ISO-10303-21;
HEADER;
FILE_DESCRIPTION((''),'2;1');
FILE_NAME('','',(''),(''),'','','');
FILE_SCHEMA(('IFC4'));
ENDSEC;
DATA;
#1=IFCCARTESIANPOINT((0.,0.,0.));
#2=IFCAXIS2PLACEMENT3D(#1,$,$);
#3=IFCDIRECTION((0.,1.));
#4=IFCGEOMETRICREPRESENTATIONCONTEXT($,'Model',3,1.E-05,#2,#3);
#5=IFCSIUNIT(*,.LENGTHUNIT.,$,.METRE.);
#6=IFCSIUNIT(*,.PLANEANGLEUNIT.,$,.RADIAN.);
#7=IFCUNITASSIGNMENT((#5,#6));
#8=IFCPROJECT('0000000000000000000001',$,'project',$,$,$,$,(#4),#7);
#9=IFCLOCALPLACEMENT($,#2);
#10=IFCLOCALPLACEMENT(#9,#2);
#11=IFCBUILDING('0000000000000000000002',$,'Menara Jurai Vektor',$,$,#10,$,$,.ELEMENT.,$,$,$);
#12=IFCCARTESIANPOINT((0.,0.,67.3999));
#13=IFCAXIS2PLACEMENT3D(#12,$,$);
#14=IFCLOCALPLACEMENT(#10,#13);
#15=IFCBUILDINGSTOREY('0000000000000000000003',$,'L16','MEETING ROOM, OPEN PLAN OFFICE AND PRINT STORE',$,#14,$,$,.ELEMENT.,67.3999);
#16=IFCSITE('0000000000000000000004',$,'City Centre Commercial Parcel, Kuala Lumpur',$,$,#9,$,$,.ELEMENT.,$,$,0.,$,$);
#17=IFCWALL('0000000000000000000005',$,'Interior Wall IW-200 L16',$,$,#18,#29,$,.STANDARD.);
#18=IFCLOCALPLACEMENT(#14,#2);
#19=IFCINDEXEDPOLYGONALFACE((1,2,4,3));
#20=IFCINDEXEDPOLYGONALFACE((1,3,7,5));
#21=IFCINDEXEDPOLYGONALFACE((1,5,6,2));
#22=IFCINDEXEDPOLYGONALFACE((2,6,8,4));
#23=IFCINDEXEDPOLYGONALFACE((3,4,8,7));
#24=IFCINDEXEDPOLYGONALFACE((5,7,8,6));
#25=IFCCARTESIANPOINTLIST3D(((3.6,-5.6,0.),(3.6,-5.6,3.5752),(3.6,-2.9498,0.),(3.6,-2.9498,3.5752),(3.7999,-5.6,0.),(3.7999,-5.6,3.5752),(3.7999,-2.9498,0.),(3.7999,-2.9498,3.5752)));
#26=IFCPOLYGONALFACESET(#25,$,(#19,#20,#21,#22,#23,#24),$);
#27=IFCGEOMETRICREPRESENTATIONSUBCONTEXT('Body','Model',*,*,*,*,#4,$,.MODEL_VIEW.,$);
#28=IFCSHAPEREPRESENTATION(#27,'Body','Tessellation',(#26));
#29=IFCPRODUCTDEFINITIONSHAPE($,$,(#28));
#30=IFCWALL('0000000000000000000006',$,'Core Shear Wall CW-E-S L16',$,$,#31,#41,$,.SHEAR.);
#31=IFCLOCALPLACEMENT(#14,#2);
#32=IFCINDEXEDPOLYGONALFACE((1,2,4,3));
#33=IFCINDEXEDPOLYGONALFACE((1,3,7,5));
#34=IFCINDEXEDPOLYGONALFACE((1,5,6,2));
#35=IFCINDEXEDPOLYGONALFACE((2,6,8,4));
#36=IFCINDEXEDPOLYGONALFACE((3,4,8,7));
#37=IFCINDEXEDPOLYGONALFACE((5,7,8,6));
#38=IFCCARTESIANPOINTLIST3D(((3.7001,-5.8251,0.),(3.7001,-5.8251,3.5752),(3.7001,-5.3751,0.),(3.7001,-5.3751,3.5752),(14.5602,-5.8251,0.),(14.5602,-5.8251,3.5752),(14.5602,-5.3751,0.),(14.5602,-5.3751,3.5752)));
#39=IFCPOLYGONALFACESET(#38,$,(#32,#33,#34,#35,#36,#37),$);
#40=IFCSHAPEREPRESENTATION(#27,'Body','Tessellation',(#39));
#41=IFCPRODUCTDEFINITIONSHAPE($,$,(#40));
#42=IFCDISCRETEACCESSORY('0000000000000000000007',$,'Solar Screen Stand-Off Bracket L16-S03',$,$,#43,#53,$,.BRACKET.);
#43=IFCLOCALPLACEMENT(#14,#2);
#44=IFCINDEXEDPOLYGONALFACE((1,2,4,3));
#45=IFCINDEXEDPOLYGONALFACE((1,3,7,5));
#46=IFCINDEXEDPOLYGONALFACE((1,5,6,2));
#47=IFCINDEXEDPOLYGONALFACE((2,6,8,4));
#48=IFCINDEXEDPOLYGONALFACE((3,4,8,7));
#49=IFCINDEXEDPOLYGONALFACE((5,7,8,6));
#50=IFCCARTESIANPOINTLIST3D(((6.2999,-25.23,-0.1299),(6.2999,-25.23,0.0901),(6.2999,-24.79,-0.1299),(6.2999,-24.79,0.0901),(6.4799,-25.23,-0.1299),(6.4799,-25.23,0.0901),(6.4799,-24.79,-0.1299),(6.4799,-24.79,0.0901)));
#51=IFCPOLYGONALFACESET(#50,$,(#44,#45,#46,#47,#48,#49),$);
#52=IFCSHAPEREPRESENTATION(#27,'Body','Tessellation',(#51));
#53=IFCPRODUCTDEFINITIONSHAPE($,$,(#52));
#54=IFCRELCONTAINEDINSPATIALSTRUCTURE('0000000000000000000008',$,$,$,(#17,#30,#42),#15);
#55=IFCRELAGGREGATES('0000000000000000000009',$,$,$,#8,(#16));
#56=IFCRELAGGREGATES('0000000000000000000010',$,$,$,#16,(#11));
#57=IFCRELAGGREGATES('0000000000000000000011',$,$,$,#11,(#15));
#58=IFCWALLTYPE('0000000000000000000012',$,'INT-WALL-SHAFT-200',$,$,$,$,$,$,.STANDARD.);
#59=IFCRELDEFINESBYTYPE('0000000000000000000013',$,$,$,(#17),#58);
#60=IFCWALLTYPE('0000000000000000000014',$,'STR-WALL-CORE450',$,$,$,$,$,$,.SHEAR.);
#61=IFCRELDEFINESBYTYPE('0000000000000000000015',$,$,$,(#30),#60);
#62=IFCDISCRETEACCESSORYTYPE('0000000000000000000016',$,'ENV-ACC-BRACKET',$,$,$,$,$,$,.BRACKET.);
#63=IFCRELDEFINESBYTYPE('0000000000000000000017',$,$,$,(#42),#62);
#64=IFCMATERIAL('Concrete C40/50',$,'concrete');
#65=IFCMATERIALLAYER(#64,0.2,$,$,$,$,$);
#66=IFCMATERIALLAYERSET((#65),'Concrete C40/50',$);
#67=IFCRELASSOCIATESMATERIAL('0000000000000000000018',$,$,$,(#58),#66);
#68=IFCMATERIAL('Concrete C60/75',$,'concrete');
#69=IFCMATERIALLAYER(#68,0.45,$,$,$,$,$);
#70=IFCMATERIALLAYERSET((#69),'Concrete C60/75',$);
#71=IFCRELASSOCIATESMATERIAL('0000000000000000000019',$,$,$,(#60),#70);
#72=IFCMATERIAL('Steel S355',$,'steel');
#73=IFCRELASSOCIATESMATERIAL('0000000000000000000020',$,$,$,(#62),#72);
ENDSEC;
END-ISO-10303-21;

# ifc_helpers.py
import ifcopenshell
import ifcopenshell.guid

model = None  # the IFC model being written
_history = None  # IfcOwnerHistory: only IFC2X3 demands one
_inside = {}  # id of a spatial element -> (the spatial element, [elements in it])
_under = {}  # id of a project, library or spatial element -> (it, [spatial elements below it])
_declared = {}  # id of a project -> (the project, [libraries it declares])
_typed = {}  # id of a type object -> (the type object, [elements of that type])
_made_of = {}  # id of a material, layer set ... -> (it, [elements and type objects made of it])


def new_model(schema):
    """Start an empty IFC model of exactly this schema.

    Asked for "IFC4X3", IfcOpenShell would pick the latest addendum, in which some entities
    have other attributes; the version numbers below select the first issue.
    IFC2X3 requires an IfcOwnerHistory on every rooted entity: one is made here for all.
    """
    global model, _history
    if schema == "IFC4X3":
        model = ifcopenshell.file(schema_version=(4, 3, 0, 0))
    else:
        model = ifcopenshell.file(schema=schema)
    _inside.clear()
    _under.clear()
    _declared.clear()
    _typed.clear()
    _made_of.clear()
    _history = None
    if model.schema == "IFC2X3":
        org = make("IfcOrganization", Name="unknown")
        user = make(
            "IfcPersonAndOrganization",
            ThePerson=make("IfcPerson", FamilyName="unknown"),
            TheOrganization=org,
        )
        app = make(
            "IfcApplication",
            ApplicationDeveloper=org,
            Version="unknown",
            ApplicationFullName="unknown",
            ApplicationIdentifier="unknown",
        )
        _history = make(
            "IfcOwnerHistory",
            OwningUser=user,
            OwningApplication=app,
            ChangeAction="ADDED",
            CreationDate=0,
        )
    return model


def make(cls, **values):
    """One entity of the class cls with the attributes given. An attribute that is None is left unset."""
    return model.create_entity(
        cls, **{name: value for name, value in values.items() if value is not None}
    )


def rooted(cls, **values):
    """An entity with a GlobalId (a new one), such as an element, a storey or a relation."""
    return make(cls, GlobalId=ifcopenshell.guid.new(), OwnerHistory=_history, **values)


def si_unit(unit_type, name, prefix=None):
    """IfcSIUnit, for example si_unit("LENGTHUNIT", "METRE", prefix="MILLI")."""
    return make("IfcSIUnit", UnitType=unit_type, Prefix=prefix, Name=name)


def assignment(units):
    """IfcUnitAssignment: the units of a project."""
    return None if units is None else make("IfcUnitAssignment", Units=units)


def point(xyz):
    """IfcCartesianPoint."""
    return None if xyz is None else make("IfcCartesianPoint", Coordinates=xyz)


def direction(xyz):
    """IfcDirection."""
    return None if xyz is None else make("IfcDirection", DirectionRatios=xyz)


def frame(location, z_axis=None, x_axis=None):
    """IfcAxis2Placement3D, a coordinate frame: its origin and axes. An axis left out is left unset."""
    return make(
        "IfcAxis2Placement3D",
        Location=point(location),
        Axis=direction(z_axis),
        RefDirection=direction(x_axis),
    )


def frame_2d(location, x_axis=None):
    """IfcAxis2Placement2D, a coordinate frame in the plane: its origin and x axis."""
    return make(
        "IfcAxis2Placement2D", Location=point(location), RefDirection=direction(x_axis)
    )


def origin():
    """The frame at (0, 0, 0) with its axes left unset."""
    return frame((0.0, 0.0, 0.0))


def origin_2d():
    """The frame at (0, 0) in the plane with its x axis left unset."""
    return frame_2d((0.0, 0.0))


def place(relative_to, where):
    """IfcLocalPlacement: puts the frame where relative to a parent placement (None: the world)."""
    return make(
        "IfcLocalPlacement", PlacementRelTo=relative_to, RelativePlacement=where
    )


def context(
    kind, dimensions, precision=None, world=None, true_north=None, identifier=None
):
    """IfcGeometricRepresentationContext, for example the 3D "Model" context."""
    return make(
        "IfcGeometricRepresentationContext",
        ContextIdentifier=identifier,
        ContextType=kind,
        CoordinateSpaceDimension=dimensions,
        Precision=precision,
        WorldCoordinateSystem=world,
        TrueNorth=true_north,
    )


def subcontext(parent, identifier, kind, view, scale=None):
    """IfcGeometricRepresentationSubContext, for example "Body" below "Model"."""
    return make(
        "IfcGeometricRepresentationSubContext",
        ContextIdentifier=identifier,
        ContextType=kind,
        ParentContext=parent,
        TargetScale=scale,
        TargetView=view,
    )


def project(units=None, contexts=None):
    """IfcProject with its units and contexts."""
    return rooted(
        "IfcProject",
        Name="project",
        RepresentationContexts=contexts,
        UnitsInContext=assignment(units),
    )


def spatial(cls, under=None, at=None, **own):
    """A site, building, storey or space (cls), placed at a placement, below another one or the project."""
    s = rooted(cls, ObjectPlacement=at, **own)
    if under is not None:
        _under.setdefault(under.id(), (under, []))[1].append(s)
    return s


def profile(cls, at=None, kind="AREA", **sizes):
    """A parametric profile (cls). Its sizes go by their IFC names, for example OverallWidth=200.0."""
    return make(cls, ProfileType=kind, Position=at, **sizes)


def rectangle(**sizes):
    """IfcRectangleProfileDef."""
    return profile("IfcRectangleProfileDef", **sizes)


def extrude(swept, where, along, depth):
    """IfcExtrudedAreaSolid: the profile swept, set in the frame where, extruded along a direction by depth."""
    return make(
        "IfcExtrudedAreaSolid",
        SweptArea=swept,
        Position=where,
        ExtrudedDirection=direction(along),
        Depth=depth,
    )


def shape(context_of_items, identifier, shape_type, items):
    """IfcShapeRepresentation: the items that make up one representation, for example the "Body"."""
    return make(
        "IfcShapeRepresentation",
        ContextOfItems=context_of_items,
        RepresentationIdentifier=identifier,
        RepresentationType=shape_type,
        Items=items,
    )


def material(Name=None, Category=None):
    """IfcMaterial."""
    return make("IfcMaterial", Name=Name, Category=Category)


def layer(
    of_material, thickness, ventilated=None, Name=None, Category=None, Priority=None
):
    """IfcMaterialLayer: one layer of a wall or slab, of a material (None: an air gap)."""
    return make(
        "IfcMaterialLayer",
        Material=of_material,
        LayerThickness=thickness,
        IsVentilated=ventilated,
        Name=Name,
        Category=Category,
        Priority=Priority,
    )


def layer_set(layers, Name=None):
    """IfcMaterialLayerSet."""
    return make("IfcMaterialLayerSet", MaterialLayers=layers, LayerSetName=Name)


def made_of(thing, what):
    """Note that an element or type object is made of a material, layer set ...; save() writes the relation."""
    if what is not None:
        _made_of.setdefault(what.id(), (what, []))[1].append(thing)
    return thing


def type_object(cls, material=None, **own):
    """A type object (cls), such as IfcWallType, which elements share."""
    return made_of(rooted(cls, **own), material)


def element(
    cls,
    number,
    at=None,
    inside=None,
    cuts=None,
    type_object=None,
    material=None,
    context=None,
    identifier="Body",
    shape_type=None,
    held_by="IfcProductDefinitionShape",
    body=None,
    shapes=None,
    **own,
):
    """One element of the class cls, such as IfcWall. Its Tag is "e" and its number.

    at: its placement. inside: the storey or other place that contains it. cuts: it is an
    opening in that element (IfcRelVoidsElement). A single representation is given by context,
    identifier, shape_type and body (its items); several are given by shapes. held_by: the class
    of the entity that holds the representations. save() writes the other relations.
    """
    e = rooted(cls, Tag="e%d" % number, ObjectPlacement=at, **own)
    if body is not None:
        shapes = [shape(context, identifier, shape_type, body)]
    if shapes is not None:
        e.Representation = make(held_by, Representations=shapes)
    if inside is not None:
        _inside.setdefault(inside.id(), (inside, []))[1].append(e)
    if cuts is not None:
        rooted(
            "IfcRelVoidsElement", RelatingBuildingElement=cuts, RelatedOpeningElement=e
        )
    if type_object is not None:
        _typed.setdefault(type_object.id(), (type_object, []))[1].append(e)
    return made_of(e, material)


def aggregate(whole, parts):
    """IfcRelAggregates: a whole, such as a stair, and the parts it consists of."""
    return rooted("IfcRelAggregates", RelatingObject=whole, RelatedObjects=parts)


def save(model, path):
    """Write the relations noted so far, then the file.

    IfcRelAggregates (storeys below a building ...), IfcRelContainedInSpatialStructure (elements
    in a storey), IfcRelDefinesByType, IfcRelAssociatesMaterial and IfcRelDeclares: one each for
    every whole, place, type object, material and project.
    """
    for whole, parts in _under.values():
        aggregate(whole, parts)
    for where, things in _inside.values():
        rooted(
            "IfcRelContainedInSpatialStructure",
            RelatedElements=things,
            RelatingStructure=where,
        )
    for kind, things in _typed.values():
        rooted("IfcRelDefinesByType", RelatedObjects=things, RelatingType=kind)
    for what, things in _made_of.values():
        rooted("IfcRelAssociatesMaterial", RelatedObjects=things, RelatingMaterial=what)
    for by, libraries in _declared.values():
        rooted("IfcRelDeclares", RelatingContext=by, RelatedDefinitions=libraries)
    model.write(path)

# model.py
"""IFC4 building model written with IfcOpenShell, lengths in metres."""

from ifc_helpers import new_model, si_unit, direction, frame, frame_2d, origin, origin_2d, place, context, subcontext, project, spatial, rectangle, extrude, material, layer, layer_set, type_object, element, save


model = new_model("IFC4")

# Units and contexts
model_context = context("Model", 3, precision=1e-05, world=origin(), true_north=direction((0.0, 1.0)))
body_context = subcontext(model_context, "Body", "Model", "MODEL_VIEW")
ifc_project = project(units=[si_unit("LENGTHUNIT", "METRE"), si_unit("PLANEANGLEUNIT", "RADIAN")], contexts=[model_context])

# Site, building, storey
site_placement = place(None, origin())
site = spatial("IfcSite", under=ifc_project, at=site_placement, Name="City Centre Commercial Parcel, Kuala Lumpur", CompositionType="ELEMENT", RefElevation=0.0)
building_placement = place(site_placement, origin())
building = spatial("IfcBuilding", under=site, at=building_placement, Name="Menara Jurai Vektor", CompositionType="ELEMENT")
storey_placement = place(building_placement, frame((0.0, 0.0, 67.3999)))
storey = spatial("IfcBuildingStorey", under=building, at=storey_placement, Name="L16", Description="MEETING ROOM, OPEN PLAN OFFICE AND PRINT STORE", CompositionType="ELEMENT", Elevation=67.3999)

# Shared definitions
ifc_material_1 = material(Name="Concrete C60/75", Category="concrete")

# Shared definitions
ifc_material_2 = material(Name="Steel S355", Category="steel")

# Walls
ifc_material_3 = material(Name="Concrete C40/50", Category="concrete")
ifc_layer_1 = layer(ifc_material_3, 0.2)
ifc_layer_set_1 = layer_set([ifc_layer_1], Name="Concrete C40/50")
wall_type_1 = type_object("IfcWallType", Name="INT-WALL-SHAFT-200", PredefinedType="STANDARD", material=ifc_layer_set_1)
wall_1_placement = place(storey_placement, frame((3.7, -5.6001, 0.0), z_axis=(0.0, 0.0, 1.0), x_axis=(0.0, 1.0, 0.0)))
element("IfcWall", 1, at=wall_1_placement, inside=storey, type_object=wall_type_1, Name="Interior Wall IW-200 L16", PredefinedType="STANDARD", context=body_context, shape_type="SweptSolid", body=[
    extrude(rectangle(XDim=2.6501, YDim=0.2, at=frame_2d((1.3252, 0.0))), origin(), (0.0, 0.0, 1.0), 3.5752),
])
ifc_layer_2 = layer(ifc_material_1, 0.45)
ifc_layer_set_2 = layer_set([ifc_layer_2], Name="Concrete C60/75")
wall_type_2 = type_object("IfcWallType", Name="STR-WALL-CORE450", PredefinedType="SHEAR", material=ifc_layer_set_2)
wall_2_placement = place(storey_placement, frame((3.7, -5.6001, 0.0), z_axis=(0.0, 0.0, 1.0), x_axis=(1.0, 0.0, 0.0)))
element("IfcWall", 2, at=wall_2_placement, inside=storey, type_object=wall_type_2, Name="Core Shear Wall CW-E-S L16", PredefinedType="SHEAR", context=body_context, shape_type="SweptSolid", body=[
    extrude(rectangle(XDim=10.8601, YDim=0.45, at=frame_2d((5.4302, 0.0))), origin(), (0.0, 0.0, 1.0), 3.5752),
])

# Discrete accessory
discrete_accessory_type = type_object("IfcDiscreteAccessoryType", Name="ENV-ACC-BRACKET", PredefinedType="BRACKET", material=ifc_material_2)
discrete_accessory_placement = place(storey_placement, frame((6.3899, -25.01, -0.1299), z_axis=(0.0, 0.0, 1.0), x_axis=(1.0, 0.0, 0.0)))
element("IfcDiscreteAccessory", 3, at=discrete_accessory_placement, inside=storey, type_object=discrete_accessory_type, Name="Solar Screen Stand-Off Bracket L16-S03", PredefinedType="BRACKET", context=body_context, shape_type="SweptSolid", body=[
    extrude(rectangle(XDim=0.1799, YDim=0.4399, at=origin_2d()), origin(), (0.0, 0.0, 1.0), 0.22),
])

save(model, "model.ifc")
